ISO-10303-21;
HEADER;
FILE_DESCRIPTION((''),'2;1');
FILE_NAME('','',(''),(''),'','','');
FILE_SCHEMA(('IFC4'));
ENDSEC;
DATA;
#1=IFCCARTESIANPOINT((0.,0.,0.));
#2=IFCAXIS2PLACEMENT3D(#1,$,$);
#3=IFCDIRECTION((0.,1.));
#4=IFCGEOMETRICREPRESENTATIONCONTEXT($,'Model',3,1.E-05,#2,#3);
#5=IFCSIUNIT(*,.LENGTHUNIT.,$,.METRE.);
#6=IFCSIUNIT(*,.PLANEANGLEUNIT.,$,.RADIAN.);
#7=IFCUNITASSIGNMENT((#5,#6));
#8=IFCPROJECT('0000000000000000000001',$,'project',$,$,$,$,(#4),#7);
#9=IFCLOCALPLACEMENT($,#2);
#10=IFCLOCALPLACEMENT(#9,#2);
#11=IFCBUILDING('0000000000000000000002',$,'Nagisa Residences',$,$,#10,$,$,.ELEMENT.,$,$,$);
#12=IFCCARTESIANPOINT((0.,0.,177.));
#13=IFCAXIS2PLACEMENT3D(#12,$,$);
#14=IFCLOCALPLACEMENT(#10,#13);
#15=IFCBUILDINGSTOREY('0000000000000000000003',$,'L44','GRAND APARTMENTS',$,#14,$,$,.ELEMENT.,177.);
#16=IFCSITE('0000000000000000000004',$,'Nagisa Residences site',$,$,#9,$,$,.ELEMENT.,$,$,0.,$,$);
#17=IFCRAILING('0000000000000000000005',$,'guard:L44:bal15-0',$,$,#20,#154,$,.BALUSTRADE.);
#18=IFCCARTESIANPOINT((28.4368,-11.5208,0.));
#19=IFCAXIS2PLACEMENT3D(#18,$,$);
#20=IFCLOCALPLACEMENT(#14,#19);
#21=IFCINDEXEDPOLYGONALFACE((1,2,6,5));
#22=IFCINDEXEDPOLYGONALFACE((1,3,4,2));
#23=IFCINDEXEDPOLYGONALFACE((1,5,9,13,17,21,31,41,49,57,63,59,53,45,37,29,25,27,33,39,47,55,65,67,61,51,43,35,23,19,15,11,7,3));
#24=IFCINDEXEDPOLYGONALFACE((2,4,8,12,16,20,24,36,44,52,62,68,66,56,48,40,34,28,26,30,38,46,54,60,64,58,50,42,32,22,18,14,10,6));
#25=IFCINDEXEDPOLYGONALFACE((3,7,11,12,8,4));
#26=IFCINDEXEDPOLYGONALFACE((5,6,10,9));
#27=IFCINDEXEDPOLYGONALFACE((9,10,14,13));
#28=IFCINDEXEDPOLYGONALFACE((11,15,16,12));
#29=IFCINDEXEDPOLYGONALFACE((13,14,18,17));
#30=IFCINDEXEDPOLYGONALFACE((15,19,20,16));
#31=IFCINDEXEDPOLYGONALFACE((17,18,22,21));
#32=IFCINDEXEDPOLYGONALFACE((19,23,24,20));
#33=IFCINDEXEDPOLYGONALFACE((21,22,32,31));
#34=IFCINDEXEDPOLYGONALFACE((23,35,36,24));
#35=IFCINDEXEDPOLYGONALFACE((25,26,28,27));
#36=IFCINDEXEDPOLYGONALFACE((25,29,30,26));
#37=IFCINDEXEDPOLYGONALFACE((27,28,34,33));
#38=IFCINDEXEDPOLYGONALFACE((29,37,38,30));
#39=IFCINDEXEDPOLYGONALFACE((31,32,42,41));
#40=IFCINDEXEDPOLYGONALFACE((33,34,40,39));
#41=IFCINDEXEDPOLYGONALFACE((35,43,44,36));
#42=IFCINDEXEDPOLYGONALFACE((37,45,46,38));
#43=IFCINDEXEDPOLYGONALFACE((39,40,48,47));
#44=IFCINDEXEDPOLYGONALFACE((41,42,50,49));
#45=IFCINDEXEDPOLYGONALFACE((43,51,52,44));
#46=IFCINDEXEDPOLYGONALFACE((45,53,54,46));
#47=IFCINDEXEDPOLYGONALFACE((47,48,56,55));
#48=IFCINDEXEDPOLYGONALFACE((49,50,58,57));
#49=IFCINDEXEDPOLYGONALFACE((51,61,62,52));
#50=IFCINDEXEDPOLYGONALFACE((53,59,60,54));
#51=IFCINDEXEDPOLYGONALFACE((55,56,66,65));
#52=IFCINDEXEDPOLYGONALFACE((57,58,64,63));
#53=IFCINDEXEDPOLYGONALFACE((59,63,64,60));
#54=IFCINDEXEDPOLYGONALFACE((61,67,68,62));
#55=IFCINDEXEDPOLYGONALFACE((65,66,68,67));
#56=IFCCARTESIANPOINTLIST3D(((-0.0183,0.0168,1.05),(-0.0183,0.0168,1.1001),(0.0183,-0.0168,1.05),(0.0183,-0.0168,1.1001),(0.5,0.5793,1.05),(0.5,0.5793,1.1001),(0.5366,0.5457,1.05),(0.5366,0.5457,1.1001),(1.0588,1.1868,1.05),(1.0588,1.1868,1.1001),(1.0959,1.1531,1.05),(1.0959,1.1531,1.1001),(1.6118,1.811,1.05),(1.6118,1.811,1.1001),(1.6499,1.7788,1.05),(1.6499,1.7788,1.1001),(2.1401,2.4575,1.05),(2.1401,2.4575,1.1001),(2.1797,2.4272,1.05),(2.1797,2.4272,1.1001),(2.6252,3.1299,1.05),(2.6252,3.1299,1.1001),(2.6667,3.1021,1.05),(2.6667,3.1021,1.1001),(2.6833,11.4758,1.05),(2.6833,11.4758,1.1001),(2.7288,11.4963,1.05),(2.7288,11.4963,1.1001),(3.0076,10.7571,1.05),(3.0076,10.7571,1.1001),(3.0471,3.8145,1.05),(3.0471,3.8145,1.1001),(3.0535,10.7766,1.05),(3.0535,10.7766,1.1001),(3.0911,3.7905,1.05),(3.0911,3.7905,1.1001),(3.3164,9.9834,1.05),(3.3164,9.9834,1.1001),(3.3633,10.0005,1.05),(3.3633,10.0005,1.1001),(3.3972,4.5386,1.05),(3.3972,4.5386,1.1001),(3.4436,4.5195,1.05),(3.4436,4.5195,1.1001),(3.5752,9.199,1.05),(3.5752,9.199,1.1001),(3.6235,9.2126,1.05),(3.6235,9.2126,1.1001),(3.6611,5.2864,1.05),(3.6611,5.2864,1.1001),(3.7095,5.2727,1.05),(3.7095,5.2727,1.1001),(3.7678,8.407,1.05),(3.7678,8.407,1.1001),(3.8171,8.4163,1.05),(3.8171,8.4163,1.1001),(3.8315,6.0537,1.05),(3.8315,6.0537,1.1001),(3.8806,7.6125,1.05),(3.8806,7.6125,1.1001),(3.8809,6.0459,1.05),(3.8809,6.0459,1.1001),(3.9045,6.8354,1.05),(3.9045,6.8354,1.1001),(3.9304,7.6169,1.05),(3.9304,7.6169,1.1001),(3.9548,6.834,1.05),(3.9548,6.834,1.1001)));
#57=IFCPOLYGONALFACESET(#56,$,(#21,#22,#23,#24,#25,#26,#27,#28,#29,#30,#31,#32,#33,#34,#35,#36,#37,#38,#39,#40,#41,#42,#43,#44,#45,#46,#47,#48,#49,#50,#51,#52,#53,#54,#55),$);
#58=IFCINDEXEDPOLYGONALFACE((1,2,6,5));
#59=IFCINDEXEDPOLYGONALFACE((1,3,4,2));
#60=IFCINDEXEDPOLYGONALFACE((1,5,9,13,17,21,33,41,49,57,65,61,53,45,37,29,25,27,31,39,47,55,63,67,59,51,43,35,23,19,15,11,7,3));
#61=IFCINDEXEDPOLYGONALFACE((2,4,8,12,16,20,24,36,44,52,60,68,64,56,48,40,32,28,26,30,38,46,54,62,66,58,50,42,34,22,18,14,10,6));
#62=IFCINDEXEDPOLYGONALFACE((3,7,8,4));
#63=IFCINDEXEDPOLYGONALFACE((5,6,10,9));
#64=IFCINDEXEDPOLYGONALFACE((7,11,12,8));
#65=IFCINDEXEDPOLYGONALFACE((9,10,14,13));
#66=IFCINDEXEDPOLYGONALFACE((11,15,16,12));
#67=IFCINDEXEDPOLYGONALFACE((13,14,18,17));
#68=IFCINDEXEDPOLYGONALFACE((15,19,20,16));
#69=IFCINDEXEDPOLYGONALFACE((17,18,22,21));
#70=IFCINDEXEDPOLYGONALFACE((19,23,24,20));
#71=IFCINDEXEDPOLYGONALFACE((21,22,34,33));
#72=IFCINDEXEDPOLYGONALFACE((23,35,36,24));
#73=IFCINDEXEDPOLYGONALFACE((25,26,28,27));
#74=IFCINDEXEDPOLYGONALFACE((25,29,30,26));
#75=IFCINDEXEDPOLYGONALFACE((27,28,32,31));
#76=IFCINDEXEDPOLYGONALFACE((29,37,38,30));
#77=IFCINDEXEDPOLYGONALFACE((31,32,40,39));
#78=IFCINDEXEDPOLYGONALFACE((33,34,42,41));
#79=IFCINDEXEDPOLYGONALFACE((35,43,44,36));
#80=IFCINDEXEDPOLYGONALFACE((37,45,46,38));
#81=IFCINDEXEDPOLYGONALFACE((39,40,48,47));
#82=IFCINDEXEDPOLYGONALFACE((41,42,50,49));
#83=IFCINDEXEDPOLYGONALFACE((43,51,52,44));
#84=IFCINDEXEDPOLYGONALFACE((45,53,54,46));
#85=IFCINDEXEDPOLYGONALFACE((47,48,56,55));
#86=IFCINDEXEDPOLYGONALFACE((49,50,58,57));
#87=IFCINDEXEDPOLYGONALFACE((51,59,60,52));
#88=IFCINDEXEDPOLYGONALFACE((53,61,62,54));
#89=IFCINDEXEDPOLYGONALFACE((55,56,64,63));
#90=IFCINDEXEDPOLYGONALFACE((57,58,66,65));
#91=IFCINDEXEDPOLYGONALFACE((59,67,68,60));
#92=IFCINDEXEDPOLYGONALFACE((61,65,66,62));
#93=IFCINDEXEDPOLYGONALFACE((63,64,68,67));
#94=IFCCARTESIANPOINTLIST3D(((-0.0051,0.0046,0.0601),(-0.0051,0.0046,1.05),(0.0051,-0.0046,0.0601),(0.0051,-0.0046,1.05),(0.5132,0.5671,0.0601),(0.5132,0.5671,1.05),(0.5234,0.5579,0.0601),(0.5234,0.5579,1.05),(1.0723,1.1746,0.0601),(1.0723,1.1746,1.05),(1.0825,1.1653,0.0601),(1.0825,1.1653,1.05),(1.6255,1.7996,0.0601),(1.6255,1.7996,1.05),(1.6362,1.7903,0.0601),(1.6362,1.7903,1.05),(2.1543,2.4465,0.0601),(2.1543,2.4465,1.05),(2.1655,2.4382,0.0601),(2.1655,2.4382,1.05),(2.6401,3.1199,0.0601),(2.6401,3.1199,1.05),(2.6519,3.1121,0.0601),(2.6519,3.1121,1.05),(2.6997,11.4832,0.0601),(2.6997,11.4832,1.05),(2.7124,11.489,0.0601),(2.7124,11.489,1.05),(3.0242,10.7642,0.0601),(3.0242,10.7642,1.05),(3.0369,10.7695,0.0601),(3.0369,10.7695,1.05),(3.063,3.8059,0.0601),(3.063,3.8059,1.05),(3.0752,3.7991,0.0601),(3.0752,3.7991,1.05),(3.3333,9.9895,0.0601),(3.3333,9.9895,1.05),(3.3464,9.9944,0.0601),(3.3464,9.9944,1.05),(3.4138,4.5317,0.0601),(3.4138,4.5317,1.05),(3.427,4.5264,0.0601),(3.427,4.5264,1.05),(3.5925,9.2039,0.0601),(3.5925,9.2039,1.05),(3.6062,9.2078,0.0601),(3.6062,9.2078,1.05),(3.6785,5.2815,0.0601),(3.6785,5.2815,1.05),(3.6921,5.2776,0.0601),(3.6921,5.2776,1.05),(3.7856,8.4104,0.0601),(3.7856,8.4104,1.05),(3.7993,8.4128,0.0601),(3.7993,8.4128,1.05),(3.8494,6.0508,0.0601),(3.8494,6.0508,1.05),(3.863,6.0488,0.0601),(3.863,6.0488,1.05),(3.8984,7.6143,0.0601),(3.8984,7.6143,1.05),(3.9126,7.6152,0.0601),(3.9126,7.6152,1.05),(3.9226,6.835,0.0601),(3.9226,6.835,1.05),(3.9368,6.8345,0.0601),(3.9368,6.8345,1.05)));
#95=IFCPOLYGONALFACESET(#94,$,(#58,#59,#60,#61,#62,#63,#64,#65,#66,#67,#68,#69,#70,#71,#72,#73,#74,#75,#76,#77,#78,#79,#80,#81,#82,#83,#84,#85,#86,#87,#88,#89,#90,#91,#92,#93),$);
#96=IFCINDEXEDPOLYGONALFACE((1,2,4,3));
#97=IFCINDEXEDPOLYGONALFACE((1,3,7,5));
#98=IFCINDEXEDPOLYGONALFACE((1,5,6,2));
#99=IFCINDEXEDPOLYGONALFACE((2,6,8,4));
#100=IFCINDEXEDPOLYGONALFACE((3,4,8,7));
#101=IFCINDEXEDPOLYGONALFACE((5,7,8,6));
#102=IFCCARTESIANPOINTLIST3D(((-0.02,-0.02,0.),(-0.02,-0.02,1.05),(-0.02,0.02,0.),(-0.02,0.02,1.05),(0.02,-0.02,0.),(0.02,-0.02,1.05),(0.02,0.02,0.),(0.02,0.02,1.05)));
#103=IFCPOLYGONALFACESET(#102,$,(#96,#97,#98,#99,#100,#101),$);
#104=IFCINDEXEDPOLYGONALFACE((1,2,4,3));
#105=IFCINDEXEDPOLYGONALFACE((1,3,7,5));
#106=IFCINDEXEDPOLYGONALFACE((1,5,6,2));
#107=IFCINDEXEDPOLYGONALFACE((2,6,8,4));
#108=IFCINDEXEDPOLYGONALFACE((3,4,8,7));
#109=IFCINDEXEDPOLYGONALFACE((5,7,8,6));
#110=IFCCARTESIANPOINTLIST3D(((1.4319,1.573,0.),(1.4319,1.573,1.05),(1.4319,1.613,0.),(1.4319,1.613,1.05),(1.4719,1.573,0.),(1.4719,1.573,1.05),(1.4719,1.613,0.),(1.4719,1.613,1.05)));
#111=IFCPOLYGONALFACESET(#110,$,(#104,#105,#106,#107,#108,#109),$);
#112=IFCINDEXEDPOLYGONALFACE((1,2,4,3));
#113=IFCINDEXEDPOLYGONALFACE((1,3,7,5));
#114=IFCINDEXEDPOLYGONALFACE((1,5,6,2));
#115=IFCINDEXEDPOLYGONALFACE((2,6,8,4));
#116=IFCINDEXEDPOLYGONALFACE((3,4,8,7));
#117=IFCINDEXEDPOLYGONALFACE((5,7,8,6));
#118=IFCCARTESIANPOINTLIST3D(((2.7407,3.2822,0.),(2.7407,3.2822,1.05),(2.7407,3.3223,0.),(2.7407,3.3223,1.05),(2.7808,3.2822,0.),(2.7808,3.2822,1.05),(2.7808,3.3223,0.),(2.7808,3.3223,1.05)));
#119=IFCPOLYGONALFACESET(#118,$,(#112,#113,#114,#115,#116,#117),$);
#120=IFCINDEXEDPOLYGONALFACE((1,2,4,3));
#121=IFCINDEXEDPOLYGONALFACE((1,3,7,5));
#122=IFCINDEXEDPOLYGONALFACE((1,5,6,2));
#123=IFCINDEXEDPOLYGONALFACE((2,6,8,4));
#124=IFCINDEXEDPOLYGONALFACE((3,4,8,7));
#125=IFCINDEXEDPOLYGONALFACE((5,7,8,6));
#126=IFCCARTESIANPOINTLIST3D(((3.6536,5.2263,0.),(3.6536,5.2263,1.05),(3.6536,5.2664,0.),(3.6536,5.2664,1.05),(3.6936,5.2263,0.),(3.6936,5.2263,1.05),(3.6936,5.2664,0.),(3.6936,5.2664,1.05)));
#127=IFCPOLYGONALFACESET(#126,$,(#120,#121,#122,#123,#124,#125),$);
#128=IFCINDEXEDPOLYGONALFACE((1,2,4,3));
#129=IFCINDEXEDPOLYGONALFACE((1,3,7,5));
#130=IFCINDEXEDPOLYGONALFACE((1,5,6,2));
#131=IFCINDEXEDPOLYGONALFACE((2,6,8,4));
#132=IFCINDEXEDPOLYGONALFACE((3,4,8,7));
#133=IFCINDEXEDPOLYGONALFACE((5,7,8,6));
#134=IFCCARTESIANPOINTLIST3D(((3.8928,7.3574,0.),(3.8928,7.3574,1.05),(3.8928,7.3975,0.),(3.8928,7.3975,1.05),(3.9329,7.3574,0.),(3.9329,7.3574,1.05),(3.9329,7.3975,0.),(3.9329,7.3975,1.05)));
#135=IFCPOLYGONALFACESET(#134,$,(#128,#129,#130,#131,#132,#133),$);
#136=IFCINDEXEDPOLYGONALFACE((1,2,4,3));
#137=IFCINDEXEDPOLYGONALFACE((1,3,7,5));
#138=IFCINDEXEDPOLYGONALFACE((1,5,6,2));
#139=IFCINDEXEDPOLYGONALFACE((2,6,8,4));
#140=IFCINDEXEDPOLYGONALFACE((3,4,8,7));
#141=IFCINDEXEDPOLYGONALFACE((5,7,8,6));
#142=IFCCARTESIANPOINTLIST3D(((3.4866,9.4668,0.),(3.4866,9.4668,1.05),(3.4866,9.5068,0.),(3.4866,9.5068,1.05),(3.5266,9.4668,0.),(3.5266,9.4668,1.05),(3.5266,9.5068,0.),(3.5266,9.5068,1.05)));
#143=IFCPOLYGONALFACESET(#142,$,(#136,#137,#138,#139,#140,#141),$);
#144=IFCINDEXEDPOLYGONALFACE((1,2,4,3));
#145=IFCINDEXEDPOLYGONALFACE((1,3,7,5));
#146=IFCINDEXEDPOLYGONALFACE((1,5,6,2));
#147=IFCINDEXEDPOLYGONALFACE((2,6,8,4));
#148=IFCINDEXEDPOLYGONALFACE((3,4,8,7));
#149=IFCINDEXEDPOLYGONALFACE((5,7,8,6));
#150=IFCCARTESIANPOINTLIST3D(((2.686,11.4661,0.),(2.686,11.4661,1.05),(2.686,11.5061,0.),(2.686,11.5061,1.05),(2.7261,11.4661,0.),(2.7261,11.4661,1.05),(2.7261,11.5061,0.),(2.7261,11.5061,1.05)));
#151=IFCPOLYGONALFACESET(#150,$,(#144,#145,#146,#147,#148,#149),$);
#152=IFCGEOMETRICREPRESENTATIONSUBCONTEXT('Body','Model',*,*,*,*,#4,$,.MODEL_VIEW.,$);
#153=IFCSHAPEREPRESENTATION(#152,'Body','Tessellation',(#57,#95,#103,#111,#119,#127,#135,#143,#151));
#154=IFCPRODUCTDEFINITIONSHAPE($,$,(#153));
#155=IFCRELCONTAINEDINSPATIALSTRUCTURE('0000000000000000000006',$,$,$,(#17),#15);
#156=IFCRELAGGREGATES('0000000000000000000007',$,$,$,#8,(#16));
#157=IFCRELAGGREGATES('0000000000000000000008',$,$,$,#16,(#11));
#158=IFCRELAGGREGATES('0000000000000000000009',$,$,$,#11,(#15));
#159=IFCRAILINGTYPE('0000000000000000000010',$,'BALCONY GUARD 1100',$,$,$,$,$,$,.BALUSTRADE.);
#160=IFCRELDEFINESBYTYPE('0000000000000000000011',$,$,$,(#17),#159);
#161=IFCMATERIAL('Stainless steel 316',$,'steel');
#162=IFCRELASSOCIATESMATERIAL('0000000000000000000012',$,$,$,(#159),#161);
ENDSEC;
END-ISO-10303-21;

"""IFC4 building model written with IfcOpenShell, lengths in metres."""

from ifc_helpers import new_model, si_unit, direction, frame, origin, origin_2d, place, context, subcontext, project, spatial, polyline, rectangle, outline, extrude, material, type_object, element, save


model = new_model("IFC4")

# Units and contexts
model_context = context("Model", 3, precision=1e-05, world=origin(), true_north=direction((0.0, 1.0)))
body_context = subcontext(model_context, "Body", "Model", "MODEL_VIEW")
ifc_project = project(units=[si_unit("LENGTHUNIT", "METRE"), si_unit("PLANEANGLEUNIT", "RADIAN")], contexts=[model_context])

# Site, building, storey
site_placement = place(None, origin())
site = spatial("IfcSite", under=ifc_project, at=site_placement, Name="Nagisa Residences site", CompositionType="ELEMENT", RefElevation=0.0)
building_placement = place(site_placement, origin())
building = spatial("IfcBuilding", under=site, at=building_placement, Name="Nagisa Residences", CompositionType="ELEMENT")
storey_placement = place(building_placement, frame((0.0, 0.0, 177.0)))
storey = spatial("IfcBuildingStorey", under=building, at=storey_placement, Name="L44", Description="GRAND APARTMENTS", CompositionType="ELEMENT", Elevation=177.0)

# Railing
ifc_material_1 = material(Name="Stainless steel 316", Category="steel")
railing_type = type_object("IfcRailingType", Name="BALCONY GUARD 1100", PredefinedType="BALUSTRADE", material=ifc_material_1)
railing_placement = place(storey_placement, frame((28.4368, -11.5208, 0.0)))
element("IfcRailing", 1, at=railing_placement, inside=storey, type_object=railing_type, Name="guard:L44:bal15-0", PredefinedType="BALUSTRADE", context=body_context, shape_type="SweptSolid", body=[
    extrude(outline(polyline([(0.5, 0.5793), (-0.0183, 0.0168), (0.0183, -0.0168), (0.5366, 0.5457), (1.0959, 1.1531), (1.6499, 1.7788), (2.1797, 2.4272), (2.6667, 3.1021), (3.0911, 3.7905), (3.4436, 4.5195), (3.7095, 5.2727), (3.8809, 6.0459), (3.9548, 6.834), (3.9304, 7.6169), (3.8171, 8.4163), (3.6235, 9.2126), (3.3633, 10.0005), (3.0535, 10.7766), (2.7288, 11.4963), (2.6833, 11.4758), (3.0076, 10.7571), (3.3164, 9.9834), (3.5752, 9.199), (3.7678, 8.407), (3.8806, 7.6125), (3.9045, 6.8354), (3.8315, 6.0537), (3.6611, 5.2864), (3.3972, 4.5386), (3.0471, 3.8145), (2.6252, 3.1299), (2.1401, 2.4575), (1.6118, 1.811), (1.0588, 1.1868), (0.5, 0.5793)])), frame((0.0, 0.0, 1.05)), (0.0, 0.0, 1.0), 0.05),
    extrude(outline(polyline([(0.5132, 0.5671), (-0.0051, 0.0046), (0.0051, -0.0046), (0.5234, 0.5579), (1.0825, 1.1653), (1.6362, 1.7903), (2.1655, 2.4382), (2.6519, 3.1121), (3.0752, 3.7991), (3.427, 4.5264), (3.6921, 5.2776), (3.863, 6.0488), (3.9368, 6.8345), (3.9126, 7.6152), (3.7993, 8.4128), (3.6062, 9.2078), (3.3464, 9.9944), (3.0369, 10.7695), (2.7124, 11.489), (2.6997, 11.4832), (3.0242, 10.7642), (3.3333, 9.9895), (3.5925, 9.2039), (3.7856, 8.4104), (3.8984, 7.6143), (3.9226, 6.835), (3.8494, 6.0508), (3.6785, 5.2815), (3.4138, 4.5317), (3.063, 3.8059), (2.6401, 3.1199), (2.1543, 2.4465), (1.6255, 1.7996), (1.0723, 1.1746), (0.5132, 0.5671)])), frame((0.0, 0.0, 0.0601)), (0.0, 0.0, 1.0), 0.99),
    extrude(rectangle(XDim=0.04, YDim=0.04, at=origin_2d()), origin(), (0.0, 0.0, 1.0), 1.05),
    extrude(rectangle(XDim=0.04, YDim=0.04, at=origin_2d()), frame((1.4519, 1.593, 0.0)), (0.0, 0.0, 1.0), 1.05),
    extrude(rectangle(XDim=0.04, YDim=0.04, at=origin_2d()), frame((2.7607, 3.3022, 0.0)), (0.0, 0.0, 1.0), 1.05),
    extrude(rectangle(XDim=0.04, YDim=0.04, at=origin_2d()), frame((3.6736, 5.2463, 0.0)), (0.0, 0.0, 1.0), 1.05),
    extrude(rectangle(XDim=0.04, YDim=0.04, at=origin_2d()), frame((3.9128, 7.3774, 0.0)), (0.0, 0.0, 1.0), 1.05),
    extrude(rectangle(XDim=0.04, YDim=0.04, at=origin_2d()), frame((3.5066, 9.4868, 0.0)), (0.0, 0.0, 1.0), 1.05),
    extrude(rectangle(XDim=0.04, YDim=0.04, at=origin_2d()), frame((2.7061, 11.4861, 0.0)), (0.0, 0.0, 1.0), 1.05),
])

save(model, "model.ifc")
